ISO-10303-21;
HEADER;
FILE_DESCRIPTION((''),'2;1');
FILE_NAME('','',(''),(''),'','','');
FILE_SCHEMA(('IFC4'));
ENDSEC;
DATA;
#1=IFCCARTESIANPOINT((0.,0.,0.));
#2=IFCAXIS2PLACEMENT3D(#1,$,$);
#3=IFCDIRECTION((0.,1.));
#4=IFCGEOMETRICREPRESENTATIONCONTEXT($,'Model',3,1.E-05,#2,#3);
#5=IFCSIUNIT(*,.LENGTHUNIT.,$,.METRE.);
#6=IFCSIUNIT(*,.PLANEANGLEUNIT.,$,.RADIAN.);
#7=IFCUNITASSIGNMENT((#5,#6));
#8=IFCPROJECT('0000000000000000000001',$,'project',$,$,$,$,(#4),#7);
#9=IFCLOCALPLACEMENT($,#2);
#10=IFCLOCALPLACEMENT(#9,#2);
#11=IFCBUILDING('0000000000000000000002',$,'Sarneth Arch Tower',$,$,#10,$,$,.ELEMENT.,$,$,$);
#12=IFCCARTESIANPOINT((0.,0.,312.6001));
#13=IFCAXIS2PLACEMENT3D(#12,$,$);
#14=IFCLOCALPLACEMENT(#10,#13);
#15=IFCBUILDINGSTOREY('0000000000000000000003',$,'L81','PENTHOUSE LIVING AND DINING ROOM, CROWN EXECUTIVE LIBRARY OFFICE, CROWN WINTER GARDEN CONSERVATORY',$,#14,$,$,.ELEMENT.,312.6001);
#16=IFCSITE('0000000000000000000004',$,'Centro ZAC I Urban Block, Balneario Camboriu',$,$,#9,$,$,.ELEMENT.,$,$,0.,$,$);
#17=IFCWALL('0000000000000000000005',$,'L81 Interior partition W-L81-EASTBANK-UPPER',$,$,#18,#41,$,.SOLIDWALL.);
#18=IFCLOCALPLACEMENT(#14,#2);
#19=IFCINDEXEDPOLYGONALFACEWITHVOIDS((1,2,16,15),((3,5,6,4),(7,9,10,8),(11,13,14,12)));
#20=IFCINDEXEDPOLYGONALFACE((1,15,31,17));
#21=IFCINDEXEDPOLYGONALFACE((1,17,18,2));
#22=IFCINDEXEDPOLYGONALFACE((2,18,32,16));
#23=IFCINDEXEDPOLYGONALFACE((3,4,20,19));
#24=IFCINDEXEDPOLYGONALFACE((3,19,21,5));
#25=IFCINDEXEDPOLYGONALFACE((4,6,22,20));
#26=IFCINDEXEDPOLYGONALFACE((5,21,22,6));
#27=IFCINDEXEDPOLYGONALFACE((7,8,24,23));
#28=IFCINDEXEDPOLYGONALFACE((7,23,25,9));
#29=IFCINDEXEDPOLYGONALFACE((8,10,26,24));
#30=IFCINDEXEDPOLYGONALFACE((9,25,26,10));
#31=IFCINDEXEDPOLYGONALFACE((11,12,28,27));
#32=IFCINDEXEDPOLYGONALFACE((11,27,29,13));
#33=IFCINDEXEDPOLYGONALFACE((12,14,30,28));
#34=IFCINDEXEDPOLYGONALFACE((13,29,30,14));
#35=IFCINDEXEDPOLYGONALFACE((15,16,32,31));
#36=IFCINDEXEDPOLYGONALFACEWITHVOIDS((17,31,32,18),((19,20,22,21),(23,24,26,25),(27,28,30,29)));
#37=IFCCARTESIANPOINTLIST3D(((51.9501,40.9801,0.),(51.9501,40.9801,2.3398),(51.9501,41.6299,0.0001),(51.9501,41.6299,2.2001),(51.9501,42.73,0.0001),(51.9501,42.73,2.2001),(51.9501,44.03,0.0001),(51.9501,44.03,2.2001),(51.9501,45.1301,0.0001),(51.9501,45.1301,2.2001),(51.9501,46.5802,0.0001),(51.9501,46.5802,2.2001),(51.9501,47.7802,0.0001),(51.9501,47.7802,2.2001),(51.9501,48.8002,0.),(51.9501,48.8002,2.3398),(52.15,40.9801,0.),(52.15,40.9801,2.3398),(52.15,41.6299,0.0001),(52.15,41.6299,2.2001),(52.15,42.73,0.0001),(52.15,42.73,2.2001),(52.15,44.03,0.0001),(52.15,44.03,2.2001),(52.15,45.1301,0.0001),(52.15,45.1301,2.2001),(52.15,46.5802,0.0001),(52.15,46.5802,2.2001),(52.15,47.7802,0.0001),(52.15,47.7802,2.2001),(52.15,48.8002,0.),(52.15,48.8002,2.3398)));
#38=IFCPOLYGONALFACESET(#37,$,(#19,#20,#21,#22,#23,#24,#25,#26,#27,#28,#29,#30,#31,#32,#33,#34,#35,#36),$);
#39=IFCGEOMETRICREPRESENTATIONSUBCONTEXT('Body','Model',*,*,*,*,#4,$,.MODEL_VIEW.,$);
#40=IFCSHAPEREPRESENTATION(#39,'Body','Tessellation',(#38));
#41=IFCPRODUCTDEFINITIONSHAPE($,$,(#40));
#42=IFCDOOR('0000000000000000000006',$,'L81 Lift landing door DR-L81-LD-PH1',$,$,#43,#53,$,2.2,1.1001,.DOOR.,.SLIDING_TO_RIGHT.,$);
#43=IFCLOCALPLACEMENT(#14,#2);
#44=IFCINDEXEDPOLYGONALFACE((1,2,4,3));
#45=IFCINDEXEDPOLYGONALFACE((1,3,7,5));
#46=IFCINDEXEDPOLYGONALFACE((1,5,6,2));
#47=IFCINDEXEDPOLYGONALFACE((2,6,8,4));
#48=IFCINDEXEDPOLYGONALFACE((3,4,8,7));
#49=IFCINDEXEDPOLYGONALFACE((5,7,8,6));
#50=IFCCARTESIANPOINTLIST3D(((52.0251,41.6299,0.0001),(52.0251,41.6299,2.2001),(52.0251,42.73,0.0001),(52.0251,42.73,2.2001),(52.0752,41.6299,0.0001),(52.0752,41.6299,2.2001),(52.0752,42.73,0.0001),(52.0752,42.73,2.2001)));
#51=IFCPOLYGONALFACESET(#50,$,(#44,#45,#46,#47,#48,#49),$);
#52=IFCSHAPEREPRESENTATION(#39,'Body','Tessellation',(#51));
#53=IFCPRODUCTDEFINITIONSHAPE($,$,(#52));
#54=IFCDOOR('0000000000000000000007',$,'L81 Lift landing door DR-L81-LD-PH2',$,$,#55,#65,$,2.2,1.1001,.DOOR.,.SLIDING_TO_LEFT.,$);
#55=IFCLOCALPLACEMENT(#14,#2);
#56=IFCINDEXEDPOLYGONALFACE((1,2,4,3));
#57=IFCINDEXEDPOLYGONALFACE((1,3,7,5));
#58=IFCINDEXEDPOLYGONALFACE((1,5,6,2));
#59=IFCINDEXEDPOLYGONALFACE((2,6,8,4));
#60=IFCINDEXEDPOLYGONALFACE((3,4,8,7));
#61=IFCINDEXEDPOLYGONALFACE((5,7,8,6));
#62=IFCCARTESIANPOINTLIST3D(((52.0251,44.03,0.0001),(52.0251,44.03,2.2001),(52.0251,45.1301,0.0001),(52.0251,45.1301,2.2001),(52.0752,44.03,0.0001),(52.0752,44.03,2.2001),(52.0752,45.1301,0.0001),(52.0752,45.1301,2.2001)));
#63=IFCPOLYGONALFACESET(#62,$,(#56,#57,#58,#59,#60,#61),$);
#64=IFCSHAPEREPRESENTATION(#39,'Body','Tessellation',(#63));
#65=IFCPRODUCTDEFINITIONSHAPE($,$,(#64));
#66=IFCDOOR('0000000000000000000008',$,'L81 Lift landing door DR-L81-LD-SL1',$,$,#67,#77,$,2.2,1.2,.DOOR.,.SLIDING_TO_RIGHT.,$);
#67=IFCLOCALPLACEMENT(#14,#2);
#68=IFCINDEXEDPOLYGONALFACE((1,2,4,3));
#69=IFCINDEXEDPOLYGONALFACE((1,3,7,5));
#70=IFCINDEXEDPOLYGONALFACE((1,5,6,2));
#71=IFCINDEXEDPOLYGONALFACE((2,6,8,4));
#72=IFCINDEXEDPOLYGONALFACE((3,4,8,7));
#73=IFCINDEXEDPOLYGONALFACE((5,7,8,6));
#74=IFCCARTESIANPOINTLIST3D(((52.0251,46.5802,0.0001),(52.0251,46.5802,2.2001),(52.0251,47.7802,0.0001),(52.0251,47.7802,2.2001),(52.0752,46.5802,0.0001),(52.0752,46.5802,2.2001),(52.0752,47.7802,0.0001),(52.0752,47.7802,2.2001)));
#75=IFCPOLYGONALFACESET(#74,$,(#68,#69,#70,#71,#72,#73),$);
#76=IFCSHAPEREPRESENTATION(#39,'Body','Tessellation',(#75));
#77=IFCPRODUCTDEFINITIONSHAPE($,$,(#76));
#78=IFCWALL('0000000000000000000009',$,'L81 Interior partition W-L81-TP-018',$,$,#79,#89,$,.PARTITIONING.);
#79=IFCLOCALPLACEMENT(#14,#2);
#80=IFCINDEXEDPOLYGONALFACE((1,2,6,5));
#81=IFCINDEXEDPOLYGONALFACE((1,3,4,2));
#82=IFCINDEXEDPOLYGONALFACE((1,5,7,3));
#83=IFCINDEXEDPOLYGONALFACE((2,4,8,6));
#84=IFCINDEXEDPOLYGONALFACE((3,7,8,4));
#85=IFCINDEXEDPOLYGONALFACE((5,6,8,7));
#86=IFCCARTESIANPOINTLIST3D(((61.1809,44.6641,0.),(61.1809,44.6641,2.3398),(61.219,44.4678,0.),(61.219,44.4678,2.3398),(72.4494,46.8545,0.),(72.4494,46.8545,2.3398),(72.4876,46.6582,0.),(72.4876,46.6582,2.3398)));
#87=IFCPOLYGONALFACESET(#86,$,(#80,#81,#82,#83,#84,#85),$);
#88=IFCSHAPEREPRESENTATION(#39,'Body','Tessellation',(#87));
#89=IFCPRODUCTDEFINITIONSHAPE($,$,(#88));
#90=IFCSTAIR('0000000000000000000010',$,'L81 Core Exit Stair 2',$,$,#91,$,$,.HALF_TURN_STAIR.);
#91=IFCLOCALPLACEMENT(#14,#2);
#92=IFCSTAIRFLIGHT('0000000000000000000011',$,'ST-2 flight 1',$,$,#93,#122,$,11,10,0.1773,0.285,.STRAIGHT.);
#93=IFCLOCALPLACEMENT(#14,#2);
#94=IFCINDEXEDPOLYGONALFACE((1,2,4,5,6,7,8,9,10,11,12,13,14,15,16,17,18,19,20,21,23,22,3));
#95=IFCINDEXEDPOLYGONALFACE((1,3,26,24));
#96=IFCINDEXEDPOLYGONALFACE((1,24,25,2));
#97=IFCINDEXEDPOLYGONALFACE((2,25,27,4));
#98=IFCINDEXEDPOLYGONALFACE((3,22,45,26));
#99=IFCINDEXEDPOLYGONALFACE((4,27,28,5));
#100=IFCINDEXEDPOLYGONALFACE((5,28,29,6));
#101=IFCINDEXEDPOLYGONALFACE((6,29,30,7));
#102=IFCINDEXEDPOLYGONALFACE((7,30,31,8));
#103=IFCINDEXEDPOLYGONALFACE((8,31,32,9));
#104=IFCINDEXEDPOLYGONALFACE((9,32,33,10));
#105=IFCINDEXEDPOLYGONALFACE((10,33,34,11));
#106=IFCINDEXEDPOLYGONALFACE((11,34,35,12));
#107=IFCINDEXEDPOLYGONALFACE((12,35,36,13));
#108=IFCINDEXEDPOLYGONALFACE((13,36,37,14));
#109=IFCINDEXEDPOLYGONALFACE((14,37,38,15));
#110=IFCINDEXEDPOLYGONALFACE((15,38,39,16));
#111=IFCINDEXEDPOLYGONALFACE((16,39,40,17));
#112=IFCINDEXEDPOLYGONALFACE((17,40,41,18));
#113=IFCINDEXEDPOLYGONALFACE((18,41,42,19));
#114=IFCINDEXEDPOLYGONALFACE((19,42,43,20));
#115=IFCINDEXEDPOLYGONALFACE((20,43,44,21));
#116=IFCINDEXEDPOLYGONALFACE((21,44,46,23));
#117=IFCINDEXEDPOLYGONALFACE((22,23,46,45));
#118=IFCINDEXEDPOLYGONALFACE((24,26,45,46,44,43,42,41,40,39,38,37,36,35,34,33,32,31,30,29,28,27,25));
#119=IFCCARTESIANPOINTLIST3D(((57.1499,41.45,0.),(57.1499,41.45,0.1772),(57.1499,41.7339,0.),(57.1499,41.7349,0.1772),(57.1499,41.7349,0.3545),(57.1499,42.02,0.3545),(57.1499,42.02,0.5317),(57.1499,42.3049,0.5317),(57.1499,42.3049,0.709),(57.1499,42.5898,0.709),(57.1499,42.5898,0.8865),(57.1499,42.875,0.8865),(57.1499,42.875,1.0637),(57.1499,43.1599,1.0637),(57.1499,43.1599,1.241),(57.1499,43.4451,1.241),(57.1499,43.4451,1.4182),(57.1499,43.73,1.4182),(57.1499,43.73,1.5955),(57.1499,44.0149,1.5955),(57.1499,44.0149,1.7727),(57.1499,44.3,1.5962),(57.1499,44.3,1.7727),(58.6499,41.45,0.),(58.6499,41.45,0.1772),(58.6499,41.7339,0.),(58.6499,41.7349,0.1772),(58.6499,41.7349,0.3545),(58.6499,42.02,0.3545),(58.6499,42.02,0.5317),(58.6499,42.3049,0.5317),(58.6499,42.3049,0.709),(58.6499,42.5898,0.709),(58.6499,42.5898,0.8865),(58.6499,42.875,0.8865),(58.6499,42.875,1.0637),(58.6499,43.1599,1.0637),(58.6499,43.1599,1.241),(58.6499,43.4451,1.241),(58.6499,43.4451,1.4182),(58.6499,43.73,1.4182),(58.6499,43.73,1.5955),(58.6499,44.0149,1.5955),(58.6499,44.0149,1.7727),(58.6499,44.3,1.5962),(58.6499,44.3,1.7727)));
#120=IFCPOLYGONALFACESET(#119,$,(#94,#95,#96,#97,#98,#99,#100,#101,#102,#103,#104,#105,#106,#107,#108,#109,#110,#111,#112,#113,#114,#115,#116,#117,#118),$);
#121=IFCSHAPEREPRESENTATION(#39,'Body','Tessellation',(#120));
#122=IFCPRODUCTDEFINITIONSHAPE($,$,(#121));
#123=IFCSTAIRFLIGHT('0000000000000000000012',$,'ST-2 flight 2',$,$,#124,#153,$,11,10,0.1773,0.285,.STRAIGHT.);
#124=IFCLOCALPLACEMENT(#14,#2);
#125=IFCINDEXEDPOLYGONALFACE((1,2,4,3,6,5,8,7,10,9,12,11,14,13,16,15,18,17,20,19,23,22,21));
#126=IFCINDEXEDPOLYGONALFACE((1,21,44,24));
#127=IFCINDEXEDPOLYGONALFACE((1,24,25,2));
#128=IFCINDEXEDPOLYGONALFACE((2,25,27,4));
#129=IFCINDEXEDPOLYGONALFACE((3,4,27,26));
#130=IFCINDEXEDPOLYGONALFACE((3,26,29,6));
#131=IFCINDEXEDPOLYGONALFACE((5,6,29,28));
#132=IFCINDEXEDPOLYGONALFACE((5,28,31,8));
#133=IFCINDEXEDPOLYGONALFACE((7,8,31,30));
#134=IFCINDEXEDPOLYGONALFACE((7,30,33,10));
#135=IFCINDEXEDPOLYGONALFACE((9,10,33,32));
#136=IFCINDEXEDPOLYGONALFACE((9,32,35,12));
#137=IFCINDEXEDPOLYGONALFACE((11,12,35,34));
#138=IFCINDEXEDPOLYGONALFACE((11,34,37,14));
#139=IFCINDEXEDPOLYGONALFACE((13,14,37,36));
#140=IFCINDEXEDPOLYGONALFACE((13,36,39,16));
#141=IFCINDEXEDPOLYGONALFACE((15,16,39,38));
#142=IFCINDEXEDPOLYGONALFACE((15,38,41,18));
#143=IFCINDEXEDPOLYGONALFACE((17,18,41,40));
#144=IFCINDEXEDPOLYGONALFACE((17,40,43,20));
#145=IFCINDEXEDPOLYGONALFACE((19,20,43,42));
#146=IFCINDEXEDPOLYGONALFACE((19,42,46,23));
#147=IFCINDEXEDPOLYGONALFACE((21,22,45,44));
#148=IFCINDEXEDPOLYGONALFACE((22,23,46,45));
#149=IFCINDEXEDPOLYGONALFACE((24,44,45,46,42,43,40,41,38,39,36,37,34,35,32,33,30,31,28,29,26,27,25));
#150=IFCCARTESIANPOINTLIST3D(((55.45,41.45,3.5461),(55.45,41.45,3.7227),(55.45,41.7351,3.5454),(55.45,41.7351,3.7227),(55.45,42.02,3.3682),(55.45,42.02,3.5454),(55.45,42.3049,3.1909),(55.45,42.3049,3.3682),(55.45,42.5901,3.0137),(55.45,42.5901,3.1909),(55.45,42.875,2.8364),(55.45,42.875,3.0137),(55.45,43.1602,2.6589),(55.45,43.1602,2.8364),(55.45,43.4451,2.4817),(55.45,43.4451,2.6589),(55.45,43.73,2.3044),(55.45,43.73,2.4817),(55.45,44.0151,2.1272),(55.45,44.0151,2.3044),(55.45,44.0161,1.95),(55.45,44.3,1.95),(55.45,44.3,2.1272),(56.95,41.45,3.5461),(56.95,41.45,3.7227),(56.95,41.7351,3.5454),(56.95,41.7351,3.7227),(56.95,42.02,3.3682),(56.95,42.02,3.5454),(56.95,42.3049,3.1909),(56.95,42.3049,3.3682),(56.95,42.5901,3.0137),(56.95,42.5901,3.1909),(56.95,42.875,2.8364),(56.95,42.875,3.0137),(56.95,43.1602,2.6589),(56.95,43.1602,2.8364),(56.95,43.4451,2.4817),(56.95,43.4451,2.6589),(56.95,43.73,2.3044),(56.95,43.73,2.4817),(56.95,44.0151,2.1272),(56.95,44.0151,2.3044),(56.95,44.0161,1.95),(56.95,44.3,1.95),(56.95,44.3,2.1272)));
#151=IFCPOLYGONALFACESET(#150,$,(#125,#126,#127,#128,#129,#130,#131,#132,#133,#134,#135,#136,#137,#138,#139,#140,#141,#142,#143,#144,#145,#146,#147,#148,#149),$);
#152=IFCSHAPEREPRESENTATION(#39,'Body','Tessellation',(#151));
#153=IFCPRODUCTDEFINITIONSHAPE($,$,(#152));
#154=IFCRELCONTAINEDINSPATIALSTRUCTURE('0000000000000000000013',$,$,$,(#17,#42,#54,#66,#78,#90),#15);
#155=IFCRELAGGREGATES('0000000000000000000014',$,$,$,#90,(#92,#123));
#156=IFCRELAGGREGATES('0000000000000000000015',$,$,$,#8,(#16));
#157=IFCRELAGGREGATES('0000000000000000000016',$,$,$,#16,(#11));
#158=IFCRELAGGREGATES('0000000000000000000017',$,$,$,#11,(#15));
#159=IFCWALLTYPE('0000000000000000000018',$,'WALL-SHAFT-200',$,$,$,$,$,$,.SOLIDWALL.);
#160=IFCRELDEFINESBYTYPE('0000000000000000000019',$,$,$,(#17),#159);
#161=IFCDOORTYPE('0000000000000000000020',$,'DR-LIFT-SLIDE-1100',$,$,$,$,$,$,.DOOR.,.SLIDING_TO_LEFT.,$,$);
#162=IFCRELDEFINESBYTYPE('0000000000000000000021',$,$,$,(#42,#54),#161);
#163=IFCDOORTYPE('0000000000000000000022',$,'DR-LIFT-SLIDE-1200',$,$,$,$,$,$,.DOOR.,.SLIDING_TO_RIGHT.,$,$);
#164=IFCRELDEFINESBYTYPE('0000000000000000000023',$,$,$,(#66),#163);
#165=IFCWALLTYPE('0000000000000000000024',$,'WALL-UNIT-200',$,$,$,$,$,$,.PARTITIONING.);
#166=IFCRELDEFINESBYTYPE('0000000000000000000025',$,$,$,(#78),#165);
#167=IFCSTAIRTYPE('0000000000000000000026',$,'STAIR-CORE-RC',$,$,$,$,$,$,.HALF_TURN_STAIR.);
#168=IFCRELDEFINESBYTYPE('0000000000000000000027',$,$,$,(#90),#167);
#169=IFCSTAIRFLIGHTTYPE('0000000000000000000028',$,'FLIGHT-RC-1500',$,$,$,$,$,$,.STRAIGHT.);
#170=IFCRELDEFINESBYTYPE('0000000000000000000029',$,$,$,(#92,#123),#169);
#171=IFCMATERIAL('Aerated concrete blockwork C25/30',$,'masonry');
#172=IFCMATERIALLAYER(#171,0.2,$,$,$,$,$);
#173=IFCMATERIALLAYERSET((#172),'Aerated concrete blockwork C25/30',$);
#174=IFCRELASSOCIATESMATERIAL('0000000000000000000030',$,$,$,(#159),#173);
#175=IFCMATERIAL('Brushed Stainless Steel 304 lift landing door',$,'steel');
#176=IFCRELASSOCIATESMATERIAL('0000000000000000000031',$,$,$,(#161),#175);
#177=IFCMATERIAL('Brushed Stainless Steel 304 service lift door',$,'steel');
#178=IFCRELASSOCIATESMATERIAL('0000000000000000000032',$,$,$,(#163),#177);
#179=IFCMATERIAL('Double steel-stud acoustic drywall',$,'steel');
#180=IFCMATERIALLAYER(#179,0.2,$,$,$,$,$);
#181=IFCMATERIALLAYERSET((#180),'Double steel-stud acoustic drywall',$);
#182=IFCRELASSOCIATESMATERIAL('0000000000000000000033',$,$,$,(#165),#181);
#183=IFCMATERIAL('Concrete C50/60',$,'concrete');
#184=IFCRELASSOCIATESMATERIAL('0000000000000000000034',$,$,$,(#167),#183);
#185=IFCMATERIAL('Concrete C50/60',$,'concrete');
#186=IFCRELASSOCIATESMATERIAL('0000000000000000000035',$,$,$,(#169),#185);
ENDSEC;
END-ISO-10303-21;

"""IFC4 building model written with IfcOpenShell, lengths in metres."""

from ifc_helpers import new_model, si_unit, direction, frame, frame_2d, origin, place, context, subcontext, project, spatial, polyline, rectangle, outline, extrude, material, layer, layer_set, type_object, element, fill, aggregate, save


model = new_model("IFC4")

# Units and contexts
model_context = context("Model", 3, precision=1e-05, world=origin(), true_north=direction((0.0, 1.0)))
body_context = subcontext(model_context, "Body", "Model", "MODEL_VIEW")
ifc_project = project(units=[si_unit("LENGTHUNIT", "METRE"), si_unit("PLANEANGLEUNIT", "RADIAN")], contexts=[model_context])

# Site, building, storey
site_placement = place(None, origin())
site = spatial("IfcSite", under=ifc_project, at=site_placement, Name="Centro ZAC I Urban Block, Balneario Camboriu", CompositionType="ELEMENT", RefElevation=0.0)
building_placement = place(site_placement, origin())
building = spatial("IfcBuilding", under=site, at=building_placement, Name="Sarneth Arch Tower", CompositionType="ELEMENT")
storey_placement = place(building_placement, frame((0.0, 0.0, 312.6001)))
storey = spatial("IfcBuildingStorey", under=building, at=storey_placement, Name="L81", Description="PENTHOUSE LIVING AND DINING ROOM, CROWN EXECUTIVE LIBRARY OFFICE, CROWN WINTER GARDEN CONSERVATORY", CompositionType="ELEMENT", Elevation=312.6001)

# Shared definitions
ifc_material_1 = material(Name="Aerated concrete blockwork C25/30", Category="masonry")
ifc_layer_1 = layer(ifc_material_1, 0.2)
ifc_layer_set_1 = layer_set([ifc_layer_1], Name="Aerated concrete blockwork C25/30")
wall_type_1 = type_object("IfcWallType", Name="WALL-SHAFT-200", PredefinedType="SOLIDWALL", material=ifc_layer_set_1)

# Wall, openings, doors
wall_1_placement = place(storey_placement, frame((52.05, 40.98, 0.0), z_axis=(0.0, 0.0, 1.0), x_axis=(0.0, 1.0, 0.0)))
wall_1 = element("IfcWall", 1, at=wall_1_placement, inside=storey, type_object=wall_type_1, Name="L81 Interior partition W-L81-EASTBANK-UPPER", PredefinedType="SOLIDWALL", context=body_context, shape_type="SweptSolid", body=[
    extrude(rectangle(XDim=7.8201, YDim=0.2, at=frame_2d((3.9102, 0.0))), origin(), (0.0, 0.0, 1.0), 2.3398),
])
opening_1_placement = place(wall_1_placement, frame((0.6499, 0.0, 0.0)))
opening_1 = element("IfcOpeningElement", 2, at=opening_1_placement, cuts=wall_1, PredefinedType="OPENING", context=body_context, shape_type="SweptSolid", body=[
    extrude(rectangle(XDim=1.1001, YDim=2.2, at=frame_2d((0.55, 1.1001))), frame((0.0, 0.1099, 0.0), z_axis=(0.0, -1.0, 0.0), x_axis=(1.0, 0.0, 0.0)), (0.0, 0.0, 1.0), 0.22),
])
opening_2_placement = place(wall_1_placement, frame((3.05, 0.0, 0.0)))
opening_2 = element("IfcOpeningElement", 3, at=opening_2_placement, cuts=wall_1, PredefinedType="OPENING", context=body_context, shape_type="SweptSolid", body=[
    extrude(rectangle(XDim=1.1001, YDim=2.2, at=frame_2d((0.55, 1.1001))), frame((0.0, 0.1099, 0.0), z_axis=(0.0, -1.0, 0.0), x_axis=(1.0, 0.0, 0.0)), (0.0, 0.0, 1.0), 0.22),
])
opening_3_placement = place(wall_1_placement, frame((5.6001, 0.0, 0.0)))
opening_3 = element("IfcOpeningElement", 4, at=opening_3_placement, cuts=wall_1, PredefinedType="OPENING", context=body_context, shape_type="SweptSolid", body=[
    extrude(rectangle(XDim=1.2, YDim=2.2, at=frame_2d((0.6001, 1.1001))), frame((0.0, 0.1099, 0.0), z_axis=(0.0, -1.0, 0.0), x_axis=(1.0, 0.0, 0.0)), (0.0, 0.0, 1.0), 0.22),
])
ifc_material_2 = material(Name="Brushed Stainless Steel 304 lift landing door", Category="steel")
door_type_1 = type_object("IfcDoorType", Name="DR-LIFT-SLIDE-1100", OperationType="SLIDING_TO_LEFT", PredefinedType="DOOR", material=ifc_material_2)
door_1_placement = place(opening_1_placement, origin())
door_1 = element("IfcDoor", 5, at=door_1_placement, inside=storey, type_object=door_type_1, Name="L81 Lift landing door DR-L81-LD-PH1", OperationType="SLIDING_TO_RIGHT", OverallHeight=2.2, OverallWidth=1.1001, PredefinedType="DOOR", context=body_context, shape_type="SweptSolid", body=[
    extrude(rectangle(XDim=1.1001, YDim=2.2, at=frame_2d((0.55, 1.1001))), frame((0.0, 0.0249, 0.0), z_axis=(0.0, -1.0, 0.0), x_axis=(1.0, 0.0, 0.0)), (0.0, 0.0, 1.0), 0.05),
])
fill(opening_1, door_1)
door_2_placement = place(opening_2_placement, origin())
door_2 = element("IfcDoor", 6, at=door_2_placement, inside=storey, type_object=door_type_1, Name="L81 Lift landing door DR-L81-LD-PH2", OperationType="SLIDING_TO_LEFT", OverallHeight=2.2, OverallWidth=1.1001, PredefinedType="DOOR", context=body_context, shape_type="SweptSolid", body=[
    extrude(rectangle(XDim=1.1001, YDim=2.2, at=frame_2d((0.55, 1.1001))), frame((0.0, 0.0249, 0.0), z_axis=(0.0, -1.0, 0.0), x_axis=(1.0, 0.0, 0.0)), (0.0, 0.0, 1.0), 0.05),
])
fill(opening_2, door_2)
ifc_material_3 = material(Name="Brushed Stainless Steel 304 service lift door", Category="steel")
door_type_2 = type_object("IfcDoorType", Name="DR-LIFT-SLIDE-1200", OperationType="SLIDING_TO_RIGHT", PredefinedType="DOOR", material=ifc_material_3)
door_3_placement = place(opening_3_placement, origin())
door_3 = element("IfcDoor", 7, at=door_3_placement, inside=storey, type_object=door_type_2, Name="L81 Lift landing door DR-L81-LD-SL1", OperationType="SLIDING_TO_RIGHT", OverallHeight=2.2, OverallWidth=1.2, PredefinedType="DOOR", context=body_context, shape_type="SweptSolid", body=[
    extrude(rectangle(XDim=1.2, YDim=2.2, at=frame_2d((0.6001, 1.1001))), frame((0.0, 0.0249, 0.0), z_axis=(0.0, -1.0, 0.0), x_axis=(1.0, 0.0, 0.0)), (0.0, 0.0, 1.0), 0.05),
])
fill(opening_3, door_3)

# Wall
ifc_material_4 = material(Name="Double steel-stud acoustic drywall", Category="steel")
ifc_layer_2 = layer(ifc_material_4, 0.2)
ifc_layer_set_2 = layer_set([ifc_layer_2], Name="Double steel-stud acoustic drywall")
wall_type_2 = type_object("IfcWallType", Name="WALL-UNIT-200", PredefinedType="PARTITIONING", material=ifc_layer_set_2)
wall_2_placement = place(storey_placement, frame((61.2, 44.5659, 0.0), z_axis=(0.0, 0.0, 1.0), x_axis=(0.981626, 0.190813, 0.0)))
element("IfcWall", 8, at=wall_2_placement, inside=storey, type_object=wall_type_2, Name="L81 Interior partition W-L81-TP-018", PredefinedType="PARTITIONING", context=body_context, shape_type="SweptSolid", body=[
    extrude(rectangle(XDim=11.4795, YDim=0.2, at=frame_2d((5.7397, 0.0))), origin(), (0.0, 0.0, 1.0), 2.3398),
])

# Stair, stair flights
ifc_material_5 = material(Name="Concrete C50/60", Category="concrete")
stair_type = type_object("IfcStairType", Name="STAIR-CORE-RC", PredefinedType="HALF_TURN_STAIR", material=ifc_material_5)
stair_placement = place(storey_placement, origin())
stair = element("IfcStair", 9, at=stair_placement, inside=storey, type_object=stair_type, Name="L81 Core Exit Stair 2", PredefinedType="HALF_TURN_STAIR")
ifc_material_6 = material(Name="Concrete C50/60", Category="concrete")
stair_flight_type = type_object("IfcStairFlightType", Name="FLIGHT-RC-1500", PredefinedType="STRAIGHT", material=ifc_material_6)
stair_flight_1_placement = place(storey_placement, frame((57.8999, 41.45, 0.0), z_axis=(0.0, 0.0, 1.0), x_axis=(0.0, 1.0, 0.0)))
stair_flight_1 = element("IfcStairFlight", 10, at=stair_flight_1_placement, type_object=stair_flight_type, Name="ST-2 flight 1", NumberOfRisers=11, NumberOfTreads=10, PredefinedType="STRAIGHT", RiserHeight=0.1773, TreadLength=0.285, context=body_context, shape_type="SweptSolid", body=[
    extrude(outline(polyline([(0.0, 0.0), (0.0, 0.1772), (0.2849, 0.1772), (0.2849, 0.3545), (0.5701, 0.3545), (0.5701, 0.5317), (0.855, 0.5317), (0.855, 0.709), (1.1399, 0.709), (1.1399, 0.8865), (1.425, 0.8865), (1.425, 1.0637), (1.71, 1.0637), (1.71, 1.241), (1.9951, 1.241), (1.9951, 1.4182), (2.28, 1.4182), (2.28, 1.5955), (2.5649, 1.5955), (2.5649, 1.7727), (2.8501, 1.7727), (2.8501, 1.95), (2.8501, 1.5962), (0.2839, 0.0), (0.0, 0.0)])), frame((0.0, 0.75, 0.0), z_axis=(0.0, -1.0, 0.0), x_axis=(1.0, 0.0, 0.0)), (0.0, 0.0, 1.0), 1.5),
])
stair_flight_2_placement = place(storey_placement, frame((56.2, 44.3, 1.95), z_axis=(0.0, 0.0, 1.0), x_axis=(0.0, -1.0, 0.0)))
stair_flight_2 = element("IfcStairFlight", 11, at=stair_flight_2_placement, type_object=stair_flight_type, Name="ST-2 flight 2", NumberOfRisers=11, NumberOfTreads=10, PredefinedType="STRAIGHT", RiserHeight=0.1773, TreadLength=0.285, context=body_context, shape_type="SweptSolid", body=[
    extrude(outline(polyline([(0.0, 0.0), (0.0, 0.1772), (0.2849, 0.1772), (0.2849, 0.3545), (0.5701, 0.3545), (0.5701, 0.5317), (0.855, 0.5317), (0.855, 0.709), (1.1399, 0.709), (1.1399, 0.8865), (1.425, 0.8865), (1.425, 1.0637), (1.71, 1.0637), (1.71, 1.241), (1.9951, 1.241), (1.9951, 1.4182), (2.28, 1.4182), (2.28, 1.5955), (2.5649, 1.5955), (2.5649, 1.7727), (2.8501, 1.7727), (2.8501, 1.95), (2.8501, 1.5962), (0.2839, 0.0), (0.0, 0.0)])), frame((0.0, 0.75, 0.0), z_axis=(0.0, -1.0, 0.0), x_axis=(1.0, 0.0, 0.0)), (0.0, 0.0, 1.0), 1.5),
])
aggregate(stair, [stair_flight_1, stair_flight_2])

save(model, "model.ifc")
